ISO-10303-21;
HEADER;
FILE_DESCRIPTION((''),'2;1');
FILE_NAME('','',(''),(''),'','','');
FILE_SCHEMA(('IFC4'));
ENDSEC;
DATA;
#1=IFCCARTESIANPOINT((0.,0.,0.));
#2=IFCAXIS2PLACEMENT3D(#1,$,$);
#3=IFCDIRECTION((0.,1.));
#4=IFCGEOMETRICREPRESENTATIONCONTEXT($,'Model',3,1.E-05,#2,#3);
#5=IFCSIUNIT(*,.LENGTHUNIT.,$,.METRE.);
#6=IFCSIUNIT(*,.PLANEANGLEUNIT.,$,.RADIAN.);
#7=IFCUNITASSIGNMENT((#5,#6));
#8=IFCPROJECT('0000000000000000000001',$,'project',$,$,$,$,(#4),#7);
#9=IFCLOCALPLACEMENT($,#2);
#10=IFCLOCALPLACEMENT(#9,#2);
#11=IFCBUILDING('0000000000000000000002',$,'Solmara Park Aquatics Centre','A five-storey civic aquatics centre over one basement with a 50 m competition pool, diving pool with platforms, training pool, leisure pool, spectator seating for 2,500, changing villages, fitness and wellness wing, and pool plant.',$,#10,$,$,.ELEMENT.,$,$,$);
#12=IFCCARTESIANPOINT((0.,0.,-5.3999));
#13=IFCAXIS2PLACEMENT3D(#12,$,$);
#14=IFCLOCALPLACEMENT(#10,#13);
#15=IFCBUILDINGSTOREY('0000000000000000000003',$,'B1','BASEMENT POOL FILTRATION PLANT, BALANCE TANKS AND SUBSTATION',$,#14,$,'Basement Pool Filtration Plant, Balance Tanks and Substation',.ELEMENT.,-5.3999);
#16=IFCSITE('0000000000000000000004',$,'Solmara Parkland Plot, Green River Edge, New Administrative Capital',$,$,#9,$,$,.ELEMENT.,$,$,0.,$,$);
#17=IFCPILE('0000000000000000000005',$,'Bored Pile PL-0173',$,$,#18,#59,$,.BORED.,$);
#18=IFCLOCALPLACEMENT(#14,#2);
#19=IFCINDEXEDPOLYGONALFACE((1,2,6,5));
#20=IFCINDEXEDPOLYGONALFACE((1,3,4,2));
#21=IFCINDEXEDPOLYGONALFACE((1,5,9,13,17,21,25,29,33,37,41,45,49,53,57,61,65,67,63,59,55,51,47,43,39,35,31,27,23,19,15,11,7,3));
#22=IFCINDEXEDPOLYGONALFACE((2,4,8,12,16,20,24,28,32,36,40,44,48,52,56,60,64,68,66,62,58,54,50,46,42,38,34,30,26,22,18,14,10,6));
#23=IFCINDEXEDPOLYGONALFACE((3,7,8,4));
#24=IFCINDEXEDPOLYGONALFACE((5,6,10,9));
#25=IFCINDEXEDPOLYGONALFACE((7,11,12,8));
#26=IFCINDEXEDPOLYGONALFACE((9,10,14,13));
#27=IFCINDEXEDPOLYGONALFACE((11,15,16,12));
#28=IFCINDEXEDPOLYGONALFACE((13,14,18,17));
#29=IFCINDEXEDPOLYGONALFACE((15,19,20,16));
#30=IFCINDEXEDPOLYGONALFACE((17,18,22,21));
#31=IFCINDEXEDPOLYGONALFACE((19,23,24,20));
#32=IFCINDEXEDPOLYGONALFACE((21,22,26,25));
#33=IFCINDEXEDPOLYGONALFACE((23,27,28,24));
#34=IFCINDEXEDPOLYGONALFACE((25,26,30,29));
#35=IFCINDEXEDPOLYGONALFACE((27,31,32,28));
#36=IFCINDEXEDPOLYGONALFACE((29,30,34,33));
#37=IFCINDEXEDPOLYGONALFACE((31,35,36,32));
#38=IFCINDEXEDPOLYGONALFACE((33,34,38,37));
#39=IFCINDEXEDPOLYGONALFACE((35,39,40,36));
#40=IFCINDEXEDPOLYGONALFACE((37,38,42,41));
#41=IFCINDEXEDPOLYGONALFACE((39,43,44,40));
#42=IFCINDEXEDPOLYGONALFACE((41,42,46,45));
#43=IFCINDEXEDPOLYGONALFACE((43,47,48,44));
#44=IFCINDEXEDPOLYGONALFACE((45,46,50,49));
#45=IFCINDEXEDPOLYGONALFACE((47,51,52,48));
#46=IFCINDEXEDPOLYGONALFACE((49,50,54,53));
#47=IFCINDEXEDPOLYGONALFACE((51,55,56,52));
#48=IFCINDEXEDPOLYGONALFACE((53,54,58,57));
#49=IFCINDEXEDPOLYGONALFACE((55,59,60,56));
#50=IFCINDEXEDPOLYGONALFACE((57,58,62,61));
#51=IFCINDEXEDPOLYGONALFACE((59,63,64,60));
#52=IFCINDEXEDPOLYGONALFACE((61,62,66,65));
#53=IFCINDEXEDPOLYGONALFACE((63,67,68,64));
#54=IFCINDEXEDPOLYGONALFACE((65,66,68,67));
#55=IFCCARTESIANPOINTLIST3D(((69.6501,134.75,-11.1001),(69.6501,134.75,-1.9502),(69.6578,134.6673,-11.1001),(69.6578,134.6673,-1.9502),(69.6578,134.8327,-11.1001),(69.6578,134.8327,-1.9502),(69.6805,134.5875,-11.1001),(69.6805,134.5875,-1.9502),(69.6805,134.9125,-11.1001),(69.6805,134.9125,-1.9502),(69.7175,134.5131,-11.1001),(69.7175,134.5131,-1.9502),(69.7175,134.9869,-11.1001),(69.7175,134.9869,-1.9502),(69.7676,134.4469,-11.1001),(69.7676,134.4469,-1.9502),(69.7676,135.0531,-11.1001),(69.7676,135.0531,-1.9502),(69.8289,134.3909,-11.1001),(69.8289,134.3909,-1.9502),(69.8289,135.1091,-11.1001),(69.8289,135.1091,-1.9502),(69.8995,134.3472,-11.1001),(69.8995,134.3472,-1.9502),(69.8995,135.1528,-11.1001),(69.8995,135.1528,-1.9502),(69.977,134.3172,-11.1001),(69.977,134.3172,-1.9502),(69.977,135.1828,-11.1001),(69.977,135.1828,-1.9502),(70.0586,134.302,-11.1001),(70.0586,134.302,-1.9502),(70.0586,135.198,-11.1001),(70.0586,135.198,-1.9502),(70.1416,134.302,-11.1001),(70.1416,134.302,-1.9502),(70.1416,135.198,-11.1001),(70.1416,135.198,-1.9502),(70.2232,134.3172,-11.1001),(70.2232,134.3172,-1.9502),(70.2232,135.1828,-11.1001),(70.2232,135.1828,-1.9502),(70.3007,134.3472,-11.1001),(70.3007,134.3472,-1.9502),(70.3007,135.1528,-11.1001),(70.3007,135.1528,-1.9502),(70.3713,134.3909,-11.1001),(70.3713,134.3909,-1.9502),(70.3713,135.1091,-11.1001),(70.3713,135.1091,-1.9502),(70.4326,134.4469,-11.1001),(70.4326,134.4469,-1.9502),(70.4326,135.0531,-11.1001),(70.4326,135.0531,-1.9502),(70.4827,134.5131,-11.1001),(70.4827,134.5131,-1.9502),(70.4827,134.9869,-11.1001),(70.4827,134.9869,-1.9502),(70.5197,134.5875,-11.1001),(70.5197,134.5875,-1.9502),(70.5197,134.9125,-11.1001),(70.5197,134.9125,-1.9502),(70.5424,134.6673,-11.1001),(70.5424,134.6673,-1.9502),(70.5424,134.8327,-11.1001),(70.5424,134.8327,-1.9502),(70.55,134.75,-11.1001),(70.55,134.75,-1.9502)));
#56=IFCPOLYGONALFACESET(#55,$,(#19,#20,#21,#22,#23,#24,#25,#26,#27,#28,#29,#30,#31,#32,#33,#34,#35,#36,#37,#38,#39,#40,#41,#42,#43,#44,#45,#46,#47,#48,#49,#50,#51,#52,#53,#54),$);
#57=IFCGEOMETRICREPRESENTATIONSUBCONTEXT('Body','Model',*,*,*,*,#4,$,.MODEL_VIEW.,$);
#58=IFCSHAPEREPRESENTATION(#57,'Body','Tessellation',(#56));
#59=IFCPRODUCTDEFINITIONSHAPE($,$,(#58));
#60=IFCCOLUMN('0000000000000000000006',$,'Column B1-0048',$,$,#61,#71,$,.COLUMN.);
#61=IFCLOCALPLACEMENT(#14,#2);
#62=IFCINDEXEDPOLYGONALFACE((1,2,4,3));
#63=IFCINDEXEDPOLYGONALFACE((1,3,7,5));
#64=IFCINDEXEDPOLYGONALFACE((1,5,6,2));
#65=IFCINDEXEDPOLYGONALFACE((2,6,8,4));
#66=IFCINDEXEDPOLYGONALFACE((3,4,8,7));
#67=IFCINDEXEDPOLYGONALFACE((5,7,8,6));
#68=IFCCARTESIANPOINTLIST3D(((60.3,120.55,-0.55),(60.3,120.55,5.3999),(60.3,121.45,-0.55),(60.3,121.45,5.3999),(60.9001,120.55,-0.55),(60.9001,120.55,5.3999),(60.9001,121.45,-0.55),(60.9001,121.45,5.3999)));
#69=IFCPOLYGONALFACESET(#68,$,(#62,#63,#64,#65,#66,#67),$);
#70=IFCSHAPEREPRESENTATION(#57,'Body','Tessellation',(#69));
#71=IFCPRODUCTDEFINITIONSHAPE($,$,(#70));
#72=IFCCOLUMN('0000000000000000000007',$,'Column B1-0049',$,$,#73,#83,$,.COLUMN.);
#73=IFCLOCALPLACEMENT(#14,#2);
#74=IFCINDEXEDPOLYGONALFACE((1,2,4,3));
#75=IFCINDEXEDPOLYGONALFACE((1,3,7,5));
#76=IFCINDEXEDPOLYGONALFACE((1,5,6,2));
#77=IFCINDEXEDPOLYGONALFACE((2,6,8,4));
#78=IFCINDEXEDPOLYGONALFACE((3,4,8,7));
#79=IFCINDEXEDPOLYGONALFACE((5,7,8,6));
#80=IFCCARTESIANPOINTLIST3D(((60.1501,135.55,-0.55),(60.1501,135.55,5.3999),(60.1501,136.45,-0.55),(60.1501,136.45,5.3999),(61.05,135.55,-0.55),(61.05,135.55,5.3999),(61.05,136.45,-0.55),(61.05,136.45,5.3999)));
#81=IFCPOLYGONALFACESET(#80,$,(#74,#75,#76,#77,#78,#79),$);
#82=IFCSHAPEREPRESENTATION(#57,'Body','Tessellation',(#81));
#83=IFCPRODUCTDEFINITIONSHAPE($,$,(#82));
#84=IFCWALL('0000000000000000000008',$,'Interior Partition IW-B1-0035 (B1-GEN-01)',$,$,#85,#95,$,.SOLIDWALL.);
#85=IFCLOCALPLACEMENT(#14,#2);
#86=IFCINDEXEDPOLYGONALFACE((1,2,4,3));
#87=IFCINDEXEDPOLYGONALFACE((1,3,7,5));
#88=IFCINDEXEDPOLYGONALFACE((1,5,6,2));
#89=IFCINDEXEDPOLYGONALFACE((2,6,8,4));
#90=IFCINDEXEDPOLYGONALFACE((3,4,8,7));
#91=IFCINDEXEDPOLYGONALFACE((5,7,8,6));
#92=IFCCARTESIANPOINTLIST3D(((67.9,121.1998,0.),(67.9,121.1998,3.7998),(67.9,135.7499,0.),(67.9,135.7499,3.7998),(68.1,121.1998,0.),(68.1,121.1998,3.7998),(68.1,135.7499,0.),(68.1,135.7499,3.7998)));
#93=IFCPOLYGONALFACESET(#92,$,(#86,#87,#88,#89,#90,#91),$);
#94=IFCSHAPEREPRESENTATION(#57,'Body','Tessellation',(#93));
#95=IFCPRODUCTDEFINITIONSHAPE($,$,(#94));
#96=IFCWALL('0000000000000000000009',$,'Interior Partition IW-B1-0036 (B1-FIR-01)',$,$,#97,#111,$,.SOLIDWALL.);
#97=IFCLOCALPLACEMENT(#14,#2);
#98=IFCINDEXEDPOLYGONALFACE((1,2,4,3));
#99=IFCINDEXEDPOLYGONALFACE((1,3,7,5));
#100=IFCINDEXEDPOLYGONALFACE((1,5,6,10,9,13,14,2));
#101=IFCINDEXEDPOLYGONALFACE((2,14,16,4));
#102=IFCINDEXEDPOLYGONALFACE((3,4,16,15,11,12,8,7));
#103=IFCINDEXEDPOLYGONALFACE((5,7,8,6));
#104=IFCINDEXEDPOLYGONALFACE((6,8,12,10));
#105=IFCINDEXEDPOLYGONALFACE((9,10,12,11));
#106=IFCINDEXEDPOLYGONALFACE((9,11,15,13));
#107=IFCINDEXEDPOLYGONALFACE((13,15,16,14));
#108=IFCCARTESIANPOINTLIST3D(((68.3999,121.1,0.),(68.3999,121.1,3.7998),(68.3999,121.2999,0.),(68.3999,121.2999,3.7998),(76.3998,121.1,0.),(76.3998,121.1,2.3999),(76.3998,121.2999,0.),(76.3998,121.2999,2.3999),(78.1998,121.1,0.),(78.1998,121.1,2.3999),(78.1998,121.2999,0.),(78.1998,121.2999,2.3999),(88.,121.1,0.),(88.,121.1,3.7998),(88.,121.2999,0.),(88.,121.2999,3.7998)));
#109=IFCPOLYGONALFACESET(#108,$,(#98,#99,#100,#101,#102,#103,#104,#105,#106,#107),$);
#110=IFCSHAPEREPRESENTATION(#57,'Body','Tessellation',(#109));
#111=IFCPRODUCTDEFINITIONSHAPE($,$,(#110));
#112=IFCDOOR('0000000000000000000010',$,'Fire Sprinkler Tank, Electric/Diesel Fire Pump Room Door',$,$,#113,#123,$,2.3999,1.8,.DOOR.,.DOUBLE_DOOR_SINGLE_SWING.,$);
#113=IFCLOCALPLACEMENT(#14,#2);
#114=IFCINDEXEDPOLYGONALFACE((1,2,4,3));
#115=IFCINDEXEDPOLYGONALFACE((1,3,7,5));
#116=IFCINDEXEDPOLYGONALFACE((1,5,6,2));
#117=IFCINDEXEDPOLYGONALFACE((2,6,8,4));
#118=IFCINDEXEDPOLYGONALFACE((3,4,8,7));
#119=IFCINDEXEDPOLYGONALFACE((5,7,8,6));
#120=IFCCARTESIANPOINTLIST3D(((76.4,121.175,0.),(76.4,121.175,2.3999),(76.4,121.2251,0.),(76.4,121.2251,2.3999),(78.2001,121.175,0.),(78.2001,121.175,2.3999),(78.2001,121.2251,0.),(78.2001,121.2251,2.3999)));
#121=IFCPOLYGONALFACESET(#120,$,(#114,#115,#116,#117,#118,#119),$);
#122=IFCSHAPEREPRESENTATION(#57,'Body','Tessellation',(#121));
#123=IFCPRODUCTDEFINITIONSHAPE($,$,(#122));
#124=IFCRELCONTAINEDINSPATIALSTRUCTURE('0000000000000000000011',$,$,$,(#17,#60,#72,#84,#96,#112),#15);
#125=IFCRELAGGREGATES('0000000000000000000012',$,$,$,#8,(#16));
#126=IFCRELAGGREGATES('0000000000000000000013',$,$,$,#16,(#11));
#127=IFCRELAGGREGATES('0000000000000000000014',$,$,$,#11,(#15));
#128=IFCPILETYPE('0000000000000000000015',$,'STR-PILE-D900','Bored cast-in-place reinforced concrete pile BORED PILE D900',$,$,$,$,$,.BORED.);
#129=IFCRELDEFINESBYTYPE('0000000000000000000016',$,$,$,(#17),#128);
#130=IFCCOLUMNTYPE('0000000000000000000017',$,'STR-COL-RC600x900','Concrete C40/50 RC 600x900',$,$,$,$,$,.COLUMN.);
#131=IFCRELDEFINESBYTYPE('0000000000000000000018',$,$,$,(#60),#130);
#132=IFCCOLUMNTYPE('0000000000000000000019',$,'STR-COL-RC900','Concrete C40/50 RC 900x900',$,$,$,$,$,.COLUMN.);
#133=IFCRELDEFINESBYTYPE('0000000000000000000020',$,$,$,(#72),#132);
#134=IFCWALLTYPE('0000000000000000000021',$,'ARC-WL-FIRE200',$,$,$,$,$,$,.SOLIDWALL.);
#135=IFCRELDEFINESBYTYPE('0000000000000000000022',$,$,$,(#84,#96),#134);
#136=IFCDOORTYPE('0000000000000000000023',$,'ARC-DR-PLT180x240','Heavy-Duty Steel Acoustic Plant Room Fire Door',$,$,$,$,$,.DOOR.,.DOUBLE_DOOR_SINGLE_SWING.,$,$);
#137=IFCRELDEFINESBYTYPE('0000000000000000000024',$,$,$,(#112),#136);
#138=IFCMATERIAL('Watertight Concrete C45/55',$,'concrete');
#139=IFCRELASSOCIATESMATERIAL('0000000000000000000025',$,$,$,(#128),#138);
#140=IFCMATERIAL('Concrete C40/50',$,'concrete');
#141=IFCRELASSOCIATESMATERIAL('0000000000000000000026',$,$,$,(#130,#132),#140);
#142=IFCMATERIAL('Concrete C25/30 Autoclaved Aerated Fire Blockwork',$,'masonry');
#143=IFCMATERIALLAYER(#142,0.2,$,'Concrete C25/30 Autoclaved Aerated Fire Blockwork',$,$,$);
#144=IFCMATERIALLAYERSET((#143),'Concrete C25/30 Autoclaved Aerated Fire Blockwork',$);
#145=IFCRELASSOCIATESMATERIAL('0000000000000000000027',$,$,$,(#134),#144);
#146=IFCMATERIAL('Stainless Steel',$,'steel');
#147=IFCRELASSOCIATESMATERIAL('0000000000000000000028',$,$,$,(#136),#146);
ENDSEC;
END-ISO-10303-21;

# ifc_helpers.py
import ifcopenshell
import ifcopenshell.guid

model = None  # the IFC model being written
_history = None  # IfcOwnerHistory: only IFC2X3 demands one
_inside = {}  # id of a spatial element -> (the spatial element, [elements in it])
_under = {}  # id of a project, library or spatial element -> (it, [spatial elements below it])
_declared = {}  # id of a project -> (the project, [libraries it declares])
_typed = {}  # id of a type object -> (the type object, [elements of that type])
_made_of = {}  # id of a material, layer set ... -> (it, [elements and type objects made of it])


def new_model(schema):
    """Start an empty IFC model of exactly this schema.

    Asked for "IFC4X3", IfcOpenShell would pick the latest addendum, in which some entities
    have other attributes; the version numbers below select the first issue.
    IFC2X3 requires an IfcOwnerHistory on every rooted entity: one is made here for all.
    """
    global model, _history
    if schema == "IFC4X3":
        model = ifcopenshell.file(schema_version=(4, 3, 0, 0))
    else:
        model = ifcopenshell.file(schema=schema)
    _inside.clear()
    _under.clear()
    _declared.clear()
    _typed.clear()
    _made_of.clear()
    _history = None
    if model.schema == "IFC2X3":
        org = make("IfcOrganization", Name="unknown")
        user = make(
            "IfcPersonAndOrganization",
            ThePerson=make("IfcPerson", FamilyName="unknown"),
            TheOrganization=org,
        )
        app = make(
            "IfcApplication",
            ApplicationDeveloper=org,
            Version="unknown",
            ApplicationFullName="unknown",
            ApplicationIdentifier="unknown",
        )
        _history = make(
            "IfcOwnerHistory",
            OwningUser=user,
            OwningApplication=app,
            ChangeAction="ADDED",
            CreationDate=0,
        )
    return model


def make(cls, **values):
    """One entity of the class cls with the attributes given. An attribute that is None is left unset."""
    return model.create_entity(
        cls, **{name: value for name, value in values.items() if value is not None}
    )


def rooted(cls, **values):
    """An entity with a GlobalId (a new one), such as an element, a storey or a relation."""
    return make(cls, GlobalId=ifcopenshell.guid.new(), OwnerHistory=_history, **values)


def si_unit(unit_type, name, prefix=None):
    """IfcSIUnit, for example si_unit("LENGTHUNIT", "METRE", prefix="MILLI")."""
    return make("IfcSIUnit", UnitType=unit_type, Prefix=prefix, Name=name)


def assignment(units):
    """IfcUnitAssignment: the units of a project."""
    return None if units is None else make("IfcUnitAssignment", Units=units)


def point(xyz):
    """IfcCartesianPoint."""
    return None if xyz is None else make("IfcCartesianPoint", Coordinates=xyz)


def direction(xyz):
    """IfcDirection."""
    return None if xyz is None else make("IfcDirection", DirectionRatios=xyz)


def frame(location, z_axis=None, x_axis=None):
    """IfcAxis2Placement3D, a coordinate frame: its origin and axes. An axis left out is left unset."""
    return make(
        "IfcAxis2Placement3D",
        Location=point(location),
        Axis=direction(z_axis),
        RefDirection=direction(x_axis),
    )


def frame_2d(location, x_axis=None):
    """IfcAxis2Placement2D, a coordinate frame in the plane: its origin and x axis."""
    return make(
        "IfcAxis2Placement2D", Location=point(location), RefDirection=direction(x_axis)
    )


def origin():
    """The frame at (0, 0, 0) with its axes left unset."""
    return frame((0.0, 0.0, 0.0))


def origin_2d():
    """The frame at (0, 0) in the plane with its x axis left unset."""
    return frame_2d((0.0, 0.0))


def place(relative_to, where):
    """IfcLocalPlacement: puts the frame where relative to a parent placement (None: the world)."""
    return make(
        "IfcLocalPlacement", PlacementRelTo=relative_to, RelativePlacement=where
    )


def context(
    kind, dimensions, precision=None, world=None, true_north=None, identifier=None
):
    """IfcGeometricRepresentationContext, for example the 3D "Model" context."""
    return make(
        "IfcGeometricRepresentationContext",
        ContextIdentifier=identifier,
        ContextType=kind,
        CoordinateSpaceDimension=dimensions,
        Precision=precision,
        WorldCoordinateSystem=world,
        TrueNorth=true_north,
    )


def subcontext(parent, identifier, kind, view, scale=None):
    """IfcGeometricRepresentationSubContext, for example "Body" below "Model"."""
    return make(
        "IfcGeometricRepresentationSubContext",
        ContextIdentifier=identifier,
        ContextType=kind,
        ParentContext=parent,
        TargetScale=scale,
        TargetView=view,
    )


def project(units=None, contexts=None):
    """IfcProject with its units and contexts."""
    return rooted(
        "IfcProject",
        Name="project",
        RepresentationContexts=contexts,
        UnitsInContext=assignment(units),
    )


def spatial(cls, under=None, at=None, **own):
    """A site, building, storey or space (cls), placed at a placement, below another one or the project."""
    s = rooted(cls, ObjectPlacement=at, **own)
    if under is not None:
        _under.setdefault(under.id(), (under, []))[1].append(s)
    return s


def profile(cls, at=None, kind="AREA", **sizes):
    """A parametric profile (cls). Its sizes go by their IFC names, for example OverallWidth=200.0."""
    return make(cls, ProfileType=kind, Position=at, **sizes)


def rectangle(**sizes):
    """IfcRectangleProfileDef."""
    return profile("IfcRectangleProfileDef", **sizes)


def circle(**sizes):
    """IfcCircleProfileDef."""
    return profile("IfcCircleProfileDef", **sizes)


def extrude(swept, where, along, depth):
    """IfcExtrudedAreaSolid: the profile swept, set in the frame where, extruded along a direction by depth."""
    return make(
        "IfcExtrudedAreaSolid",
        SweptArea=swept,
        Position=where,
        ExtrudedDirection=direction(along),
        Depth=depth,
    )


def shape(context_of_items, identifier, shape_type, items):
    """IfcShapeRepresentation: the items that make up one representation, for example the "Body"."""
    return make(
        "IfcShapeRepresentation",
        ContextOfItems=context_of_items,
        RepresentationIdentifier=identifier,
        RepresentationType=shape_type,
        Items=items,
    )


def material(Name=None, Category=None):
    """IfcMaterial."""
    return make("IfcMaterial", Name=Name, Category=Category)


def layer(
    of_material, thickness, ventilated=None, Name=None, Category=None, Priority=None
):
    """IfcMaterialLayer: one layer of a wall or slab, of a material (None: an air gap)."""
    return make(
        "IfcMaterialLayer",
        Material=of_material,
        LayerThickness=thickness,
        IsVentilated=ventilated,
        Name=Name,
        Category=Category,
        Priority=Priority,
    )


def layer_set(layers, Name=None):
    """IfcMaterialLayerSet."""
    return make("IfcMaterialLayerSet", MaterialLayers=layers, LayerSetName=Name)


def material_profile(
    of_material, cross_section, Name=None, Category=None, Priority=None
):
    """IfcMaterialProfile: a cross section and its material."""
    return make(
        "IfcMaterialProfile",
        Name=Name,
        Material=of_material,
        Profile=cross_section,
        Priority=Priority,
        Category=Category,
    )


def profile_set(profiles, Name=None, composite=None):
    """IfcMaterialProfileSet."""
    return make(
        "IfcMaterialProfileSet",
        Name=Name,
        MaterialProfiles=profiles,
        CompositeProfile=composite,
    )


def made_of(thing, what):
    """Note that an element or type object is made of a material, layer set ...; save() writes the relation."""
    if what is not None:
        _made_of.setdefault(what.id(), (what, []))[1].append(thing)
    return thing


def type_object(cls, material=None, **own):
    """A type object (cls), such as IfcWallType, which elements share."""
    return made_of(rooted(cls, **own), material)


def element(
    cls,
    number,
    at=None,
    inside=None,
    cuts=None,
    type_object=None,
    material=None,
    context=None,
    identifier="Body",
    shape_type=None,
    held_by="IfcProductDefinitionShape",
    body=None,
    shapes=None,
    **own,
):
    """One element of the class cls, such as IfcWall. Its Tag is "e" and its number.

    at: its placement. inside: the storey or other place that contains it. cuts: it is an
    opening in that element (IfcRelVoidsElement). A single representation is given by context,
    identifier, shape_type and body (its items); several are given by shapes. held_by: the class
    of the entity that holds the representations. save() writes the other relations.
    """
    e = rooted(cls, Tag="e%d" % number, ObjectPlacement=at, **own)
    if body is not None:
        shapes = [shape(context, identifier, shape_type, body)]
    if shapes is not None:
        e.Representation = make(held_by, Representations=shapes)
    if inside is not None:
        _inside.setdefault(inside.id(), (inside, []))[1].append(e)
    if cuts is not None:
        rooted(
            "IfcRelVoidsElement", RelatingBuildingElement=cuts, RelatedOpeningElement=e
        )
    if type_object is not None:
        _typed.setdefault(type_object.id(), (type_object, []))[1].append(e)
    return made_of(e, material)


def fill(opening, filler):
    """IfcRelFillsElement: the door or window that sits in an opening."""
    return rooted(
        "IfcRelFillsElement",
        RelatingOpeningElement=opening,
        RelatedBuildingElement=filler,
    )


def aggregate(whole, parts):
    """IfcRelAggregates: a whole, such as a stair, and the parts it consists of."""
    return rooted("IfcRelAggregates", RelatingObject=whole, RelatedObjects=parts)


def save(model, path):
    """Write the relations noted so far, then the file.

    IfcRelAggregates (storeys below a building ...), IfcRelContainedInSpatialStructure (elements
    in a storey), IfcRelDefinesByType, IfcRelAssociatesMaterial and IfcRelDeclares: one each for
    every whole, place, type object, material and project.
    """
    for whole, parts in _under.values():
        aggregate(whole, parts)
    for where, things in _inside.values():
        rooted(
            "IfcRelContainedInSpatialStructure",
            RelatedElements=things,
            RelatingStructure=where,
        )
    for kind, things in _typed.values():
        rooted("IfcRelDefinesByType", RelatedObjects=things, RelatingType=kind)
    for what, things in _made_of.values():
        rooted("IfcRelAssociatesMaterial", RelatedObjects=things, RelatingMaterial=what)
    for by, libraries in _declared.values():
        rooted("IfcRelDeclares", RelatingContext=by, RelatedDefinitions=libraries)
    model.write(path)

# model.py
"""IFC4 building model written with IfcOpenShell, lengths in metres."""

from ifc_helpers import new_model, si_unit, direction, frame, frame_2d, origin, origin_2d, place, context, subcontext, project, spatial, rectangle, circle, extrude, material, layer, layer_set, material_profile, profile_set, type_object, element, fill, save


model = new_model("IFC4")

# Units and contexts
model_context = context("Model", 3, precision=1e-05, world=origin(), true_north=direction((0.0, 1.0)))
body_context = subcontext(model_context, "Body", "Model", "MODEL_VIEW")
ifc_project = project(units=[si_unit("LENGTHUNIT", "METRE"), si_unit("PLANEANGLEUNIT", "RADIAN")], contexts=[model_context])

# Site, building, storey
site_placement = place(None, origin())
site = spatial("IfcSite", under=ifc_project, at=site_placement, Name="Solmara Parkland Plot, Green River Edge, New Administrative Capital", CompositionType="ELEMENT", RefElevation=0.0)
building_placement = place(site_placement, origin())
building = spatial("IfcBuilding", under=site, at=building_placement, Name="Solmara Park Aquatics Centre", Description="A five-storey civic aquatics centre over one basement with a 50 m competition pool, diving pool with platforms, training pool, leisure pool, spectator seating for 2,500, changing villages, fitness and wellness wing, and pool plant.", CompositionType="ELEMENT")
storey_placement = place(building_placement, frame((0.0, 0.0, -5.3999)))
storey = spatial("IfcBuildingStorey", under=building, at=storey_placement, Name="B1", Description="BASEMENT POOL FILTRATION PLANT, BALANCE TANKS AND SUBSTATION", LongName="Basement Pool Filtration Plant, Balance Tanks and Substation", CompositionType="ELEMENT", Elevation=-5.3999)

# Shared definitions
ifc_material_1 = material(Name="Watertight Concrete C45/55", Category="concrete")

# Pile
ifc_material_profile_1 = material_profile(ifc_material_1, circle(Radius=0.45, at=origin_2d()), Name="BORED PILE D900")
ifc_profile_set_1 = profile_set([ifc_material_profile_1], Name="Watertight Concrete C45/55")
pile_type = type_object("IfcPileType", Name="STR-PILE-D900", Description="Bored cast-in-place reinforced concrete pile BORED PILE D900", PredefinedType="BORED", material=ifc_profile_set_1)
for number, where, z_axis, x_axis, name in (
    (1, (70.1001, 134.75, -1.9502), (0.0, 0.0, -1.0), (1.0, 0.0, 0.0), "Bored Pile PL-0173"),
):
    element("IfcPile", number, at=place(storey_placement, frame(where, z_axis=z_axis, x_axis=x_axis)), inside=storey, type_object=pile_type, Name=name, PredefinedType="BORED", context=body_context, shape_type="SweptSolid", body=[
        extrude(circle(Radius=0.45, at=origin_2d()), origin(), (0.0, 0.0, 1.0), 9.1499),
    ])

# Columns
ifc_material_2 = material(Name="Concrete C40/50", Category="concrete")
ifc_material_profile_2 = material_profile(ifc_material_2, rectangle(XDim=0.6001, YDim=0.8999, at=origin_2d()), Name="RC 600x900")
ifc_profile_set_2 = profile_set([ifc_material_profile_2], Name="Concrete C40/50")
column_type_1 = type_object("IfcColumnType", Name="STR-COL-RC600x900", Description="Concrete C40/50 RC 600x900", PredefinedType="COLUMN", material=ifc_profile_set_2)
column_1_placement = place(storey_placement, frame((60.6001, 121.0, -0.55), z_axis=(0.0, 0.0, 1.0), x_axis=(1.0, 0.0, 0.0)))
element("IfcColumn", 2, at=column_1_placement, inside=storey, type_object=column_type_1, Name="Column B1-0048", PredefinedType="COLUMN", context=body_context, shape_type="SweptSolid", body=[
    extrude(rectangle(XDim=0.6001, YDim=0.8999, at=origin_2d()), origin(), (0.0, 0.0, 1.0), 5.95),
])
ifc_material_profile_3 = material_profile(ifc_material_2, rectangle(XDim=0.8999, YDim=0.8999, at=origin_2d()), Name="RC 900x900")
ifc_profile_set_3 = profile_set([ifc_material_profile_3], Name="Concrete C40/50")
column_type_2 = type_object("IfcColumnType", Name="STR-COL-RC900", Description="Concrete C40/50 RC 900x900", PredefinedType="COLUMN", material=ifc_profile_set_3)
column_2_placement = place(storey_placement, frame((60.6001, 136.0, -0.55), z_axis=(0.0, 0.0, 1.0), x_axis=(1.0, 0.0, 0.0)))
element("IfcColumn", 3, at=column_2_placement, inside=storey, type_object=column_type_2, Name="Column B1-0049", PredefinedType="COLUMN", context=body_context, shape_type="SweptSolid", body=[
    extrude(rectangle(XDim=0.8999, YDim=0.8999, at=origin_2d()), origin(), (0.0, 0.0, 1.0), 5.95),
])

# Wall
ifc_material_3 = material(Name="Concrete C25/30 Autoclaved Aerated Fire Blockwork", Category="masonry")
ifc_layer = layer(ifc_material_3, 0.2, Name="Concrete C25/30 Autoclaved Aerated Fire Blockwork")
ifc_layer_set = layer_set([ifc_layer], Name="Concrete C25/30 Autoclaved Aerated Fire Blockwork")
wall_type = type_object("IfcWallType", Name="ARC-WL-FIRE200", PredefinedType="SOLIDWALL", material=ifc_layer_set)
wall_1_placement = place(storey_placement, frame((68.0, 121.2, 0.0), z_axis=(0.0, 0.0, 1.0), x_axis=(0.0, 1.0, 0.0)))
element("IfcWall", 4, at=wall_1_placement, inside=storey, type_object=wall_type, Name="Interior Partition IW-B1-0035 (B1-GEN-01)", PredefinedType="SOLIDWALL", context=body_context, shape_type="SweptSolid", body=[
    extrude(rectangle(XDim=14.55, YDim=0.2, at=frame_2d((7.2749, 0.0))), origin(), (0.0, 0.0, 1.0), 3.7998),
])

# Wall, opening, door
wall_2_placement = place(storey_placement, frame((68.3999, 121.2, 0.0), z_axis=(0.0, 0.0, 1.0), x_axis=(1.0, 0.0, 0.0)))
wall_2 = element("IfcWall", 5, at=wall_2_placement, inside=storey, type_object=wall_type, Name="Interior Partition IW-B1-0036 (B1-FIR-01)", PredefinedType="SOLIDWALL", context=body_context, shape_type="SweptSolid", body=[
    extrude(rectangle(XDim=19.6001, YDim=0.2, at=frame_2d((9.8, 0.0))), origin(), (0.0, 0.0, 1.0), 3.7998),
])
opening_placement = place(wall_2_placement, frame((8.0, 0.0, 0.0)))
opening = element("IfcOpeningElement", 6, at=opening_placement, cuts=wall_2, PredefinedType="OPENING", context=body_context, shape_type="SweptSolid", body=[
    extrude(rectangle(XDim=1.8, YDim=2.3999, at=frame_2d((0.8999, 1.2))), frame((0.0, 0.1099, 0.0), z_axis=(0.0, -1.0, 0.0), x_axis=(1.0, 0.0, 0.0)), (0.0, 0.0, 1.0), 0.22),
])
ifc_material_4 = material(Name="Stainless Steel", Category="steel")
door_type = type_object("IfcDoorType", Name="ARC-DR-PLT180x240", Description="Heavy-Duty Steel Acoustic Plant Room Fire Door", OperationType="DOUBLE_DOOR_SINGLE_SWING", PredefinedType="DOOR", material=ifc_material_4)
door_placement = place(opening_placement, frame((1.8, 0.0, 0.0), z_axis=(0.0, 0.0, 1.0), x_axis=(-1.0, 0.0, 0.0)))
door = element("IfcDoor", 7, at=door_placement, inside=storey, type_object=door_type, Name="Fire Sprinkler Tank, Electric/Diesel Fire Pump Room Door", OperationType="DOUBLE_DOOR_SINGLE_SWING", OverallHeight=2.3999, OverallWidth=1.8, PredefinedType="DOOR", context=body_context, shape_type="SweptSolid", body=[
    extrude(rectangle(XDim=1.8, YDim=2.3999, at=frame_2d((0.8999, 1.2))), frame((0.0, 0.0249, 0.0), z_axis=(0.0, -1.0, 0.0), x_axis=(1.0, 0.0, 0.0)), (0.0, 0.0, 1.0), 0.05),
])
fill(opening, door)

save(model, "model.ifc")
